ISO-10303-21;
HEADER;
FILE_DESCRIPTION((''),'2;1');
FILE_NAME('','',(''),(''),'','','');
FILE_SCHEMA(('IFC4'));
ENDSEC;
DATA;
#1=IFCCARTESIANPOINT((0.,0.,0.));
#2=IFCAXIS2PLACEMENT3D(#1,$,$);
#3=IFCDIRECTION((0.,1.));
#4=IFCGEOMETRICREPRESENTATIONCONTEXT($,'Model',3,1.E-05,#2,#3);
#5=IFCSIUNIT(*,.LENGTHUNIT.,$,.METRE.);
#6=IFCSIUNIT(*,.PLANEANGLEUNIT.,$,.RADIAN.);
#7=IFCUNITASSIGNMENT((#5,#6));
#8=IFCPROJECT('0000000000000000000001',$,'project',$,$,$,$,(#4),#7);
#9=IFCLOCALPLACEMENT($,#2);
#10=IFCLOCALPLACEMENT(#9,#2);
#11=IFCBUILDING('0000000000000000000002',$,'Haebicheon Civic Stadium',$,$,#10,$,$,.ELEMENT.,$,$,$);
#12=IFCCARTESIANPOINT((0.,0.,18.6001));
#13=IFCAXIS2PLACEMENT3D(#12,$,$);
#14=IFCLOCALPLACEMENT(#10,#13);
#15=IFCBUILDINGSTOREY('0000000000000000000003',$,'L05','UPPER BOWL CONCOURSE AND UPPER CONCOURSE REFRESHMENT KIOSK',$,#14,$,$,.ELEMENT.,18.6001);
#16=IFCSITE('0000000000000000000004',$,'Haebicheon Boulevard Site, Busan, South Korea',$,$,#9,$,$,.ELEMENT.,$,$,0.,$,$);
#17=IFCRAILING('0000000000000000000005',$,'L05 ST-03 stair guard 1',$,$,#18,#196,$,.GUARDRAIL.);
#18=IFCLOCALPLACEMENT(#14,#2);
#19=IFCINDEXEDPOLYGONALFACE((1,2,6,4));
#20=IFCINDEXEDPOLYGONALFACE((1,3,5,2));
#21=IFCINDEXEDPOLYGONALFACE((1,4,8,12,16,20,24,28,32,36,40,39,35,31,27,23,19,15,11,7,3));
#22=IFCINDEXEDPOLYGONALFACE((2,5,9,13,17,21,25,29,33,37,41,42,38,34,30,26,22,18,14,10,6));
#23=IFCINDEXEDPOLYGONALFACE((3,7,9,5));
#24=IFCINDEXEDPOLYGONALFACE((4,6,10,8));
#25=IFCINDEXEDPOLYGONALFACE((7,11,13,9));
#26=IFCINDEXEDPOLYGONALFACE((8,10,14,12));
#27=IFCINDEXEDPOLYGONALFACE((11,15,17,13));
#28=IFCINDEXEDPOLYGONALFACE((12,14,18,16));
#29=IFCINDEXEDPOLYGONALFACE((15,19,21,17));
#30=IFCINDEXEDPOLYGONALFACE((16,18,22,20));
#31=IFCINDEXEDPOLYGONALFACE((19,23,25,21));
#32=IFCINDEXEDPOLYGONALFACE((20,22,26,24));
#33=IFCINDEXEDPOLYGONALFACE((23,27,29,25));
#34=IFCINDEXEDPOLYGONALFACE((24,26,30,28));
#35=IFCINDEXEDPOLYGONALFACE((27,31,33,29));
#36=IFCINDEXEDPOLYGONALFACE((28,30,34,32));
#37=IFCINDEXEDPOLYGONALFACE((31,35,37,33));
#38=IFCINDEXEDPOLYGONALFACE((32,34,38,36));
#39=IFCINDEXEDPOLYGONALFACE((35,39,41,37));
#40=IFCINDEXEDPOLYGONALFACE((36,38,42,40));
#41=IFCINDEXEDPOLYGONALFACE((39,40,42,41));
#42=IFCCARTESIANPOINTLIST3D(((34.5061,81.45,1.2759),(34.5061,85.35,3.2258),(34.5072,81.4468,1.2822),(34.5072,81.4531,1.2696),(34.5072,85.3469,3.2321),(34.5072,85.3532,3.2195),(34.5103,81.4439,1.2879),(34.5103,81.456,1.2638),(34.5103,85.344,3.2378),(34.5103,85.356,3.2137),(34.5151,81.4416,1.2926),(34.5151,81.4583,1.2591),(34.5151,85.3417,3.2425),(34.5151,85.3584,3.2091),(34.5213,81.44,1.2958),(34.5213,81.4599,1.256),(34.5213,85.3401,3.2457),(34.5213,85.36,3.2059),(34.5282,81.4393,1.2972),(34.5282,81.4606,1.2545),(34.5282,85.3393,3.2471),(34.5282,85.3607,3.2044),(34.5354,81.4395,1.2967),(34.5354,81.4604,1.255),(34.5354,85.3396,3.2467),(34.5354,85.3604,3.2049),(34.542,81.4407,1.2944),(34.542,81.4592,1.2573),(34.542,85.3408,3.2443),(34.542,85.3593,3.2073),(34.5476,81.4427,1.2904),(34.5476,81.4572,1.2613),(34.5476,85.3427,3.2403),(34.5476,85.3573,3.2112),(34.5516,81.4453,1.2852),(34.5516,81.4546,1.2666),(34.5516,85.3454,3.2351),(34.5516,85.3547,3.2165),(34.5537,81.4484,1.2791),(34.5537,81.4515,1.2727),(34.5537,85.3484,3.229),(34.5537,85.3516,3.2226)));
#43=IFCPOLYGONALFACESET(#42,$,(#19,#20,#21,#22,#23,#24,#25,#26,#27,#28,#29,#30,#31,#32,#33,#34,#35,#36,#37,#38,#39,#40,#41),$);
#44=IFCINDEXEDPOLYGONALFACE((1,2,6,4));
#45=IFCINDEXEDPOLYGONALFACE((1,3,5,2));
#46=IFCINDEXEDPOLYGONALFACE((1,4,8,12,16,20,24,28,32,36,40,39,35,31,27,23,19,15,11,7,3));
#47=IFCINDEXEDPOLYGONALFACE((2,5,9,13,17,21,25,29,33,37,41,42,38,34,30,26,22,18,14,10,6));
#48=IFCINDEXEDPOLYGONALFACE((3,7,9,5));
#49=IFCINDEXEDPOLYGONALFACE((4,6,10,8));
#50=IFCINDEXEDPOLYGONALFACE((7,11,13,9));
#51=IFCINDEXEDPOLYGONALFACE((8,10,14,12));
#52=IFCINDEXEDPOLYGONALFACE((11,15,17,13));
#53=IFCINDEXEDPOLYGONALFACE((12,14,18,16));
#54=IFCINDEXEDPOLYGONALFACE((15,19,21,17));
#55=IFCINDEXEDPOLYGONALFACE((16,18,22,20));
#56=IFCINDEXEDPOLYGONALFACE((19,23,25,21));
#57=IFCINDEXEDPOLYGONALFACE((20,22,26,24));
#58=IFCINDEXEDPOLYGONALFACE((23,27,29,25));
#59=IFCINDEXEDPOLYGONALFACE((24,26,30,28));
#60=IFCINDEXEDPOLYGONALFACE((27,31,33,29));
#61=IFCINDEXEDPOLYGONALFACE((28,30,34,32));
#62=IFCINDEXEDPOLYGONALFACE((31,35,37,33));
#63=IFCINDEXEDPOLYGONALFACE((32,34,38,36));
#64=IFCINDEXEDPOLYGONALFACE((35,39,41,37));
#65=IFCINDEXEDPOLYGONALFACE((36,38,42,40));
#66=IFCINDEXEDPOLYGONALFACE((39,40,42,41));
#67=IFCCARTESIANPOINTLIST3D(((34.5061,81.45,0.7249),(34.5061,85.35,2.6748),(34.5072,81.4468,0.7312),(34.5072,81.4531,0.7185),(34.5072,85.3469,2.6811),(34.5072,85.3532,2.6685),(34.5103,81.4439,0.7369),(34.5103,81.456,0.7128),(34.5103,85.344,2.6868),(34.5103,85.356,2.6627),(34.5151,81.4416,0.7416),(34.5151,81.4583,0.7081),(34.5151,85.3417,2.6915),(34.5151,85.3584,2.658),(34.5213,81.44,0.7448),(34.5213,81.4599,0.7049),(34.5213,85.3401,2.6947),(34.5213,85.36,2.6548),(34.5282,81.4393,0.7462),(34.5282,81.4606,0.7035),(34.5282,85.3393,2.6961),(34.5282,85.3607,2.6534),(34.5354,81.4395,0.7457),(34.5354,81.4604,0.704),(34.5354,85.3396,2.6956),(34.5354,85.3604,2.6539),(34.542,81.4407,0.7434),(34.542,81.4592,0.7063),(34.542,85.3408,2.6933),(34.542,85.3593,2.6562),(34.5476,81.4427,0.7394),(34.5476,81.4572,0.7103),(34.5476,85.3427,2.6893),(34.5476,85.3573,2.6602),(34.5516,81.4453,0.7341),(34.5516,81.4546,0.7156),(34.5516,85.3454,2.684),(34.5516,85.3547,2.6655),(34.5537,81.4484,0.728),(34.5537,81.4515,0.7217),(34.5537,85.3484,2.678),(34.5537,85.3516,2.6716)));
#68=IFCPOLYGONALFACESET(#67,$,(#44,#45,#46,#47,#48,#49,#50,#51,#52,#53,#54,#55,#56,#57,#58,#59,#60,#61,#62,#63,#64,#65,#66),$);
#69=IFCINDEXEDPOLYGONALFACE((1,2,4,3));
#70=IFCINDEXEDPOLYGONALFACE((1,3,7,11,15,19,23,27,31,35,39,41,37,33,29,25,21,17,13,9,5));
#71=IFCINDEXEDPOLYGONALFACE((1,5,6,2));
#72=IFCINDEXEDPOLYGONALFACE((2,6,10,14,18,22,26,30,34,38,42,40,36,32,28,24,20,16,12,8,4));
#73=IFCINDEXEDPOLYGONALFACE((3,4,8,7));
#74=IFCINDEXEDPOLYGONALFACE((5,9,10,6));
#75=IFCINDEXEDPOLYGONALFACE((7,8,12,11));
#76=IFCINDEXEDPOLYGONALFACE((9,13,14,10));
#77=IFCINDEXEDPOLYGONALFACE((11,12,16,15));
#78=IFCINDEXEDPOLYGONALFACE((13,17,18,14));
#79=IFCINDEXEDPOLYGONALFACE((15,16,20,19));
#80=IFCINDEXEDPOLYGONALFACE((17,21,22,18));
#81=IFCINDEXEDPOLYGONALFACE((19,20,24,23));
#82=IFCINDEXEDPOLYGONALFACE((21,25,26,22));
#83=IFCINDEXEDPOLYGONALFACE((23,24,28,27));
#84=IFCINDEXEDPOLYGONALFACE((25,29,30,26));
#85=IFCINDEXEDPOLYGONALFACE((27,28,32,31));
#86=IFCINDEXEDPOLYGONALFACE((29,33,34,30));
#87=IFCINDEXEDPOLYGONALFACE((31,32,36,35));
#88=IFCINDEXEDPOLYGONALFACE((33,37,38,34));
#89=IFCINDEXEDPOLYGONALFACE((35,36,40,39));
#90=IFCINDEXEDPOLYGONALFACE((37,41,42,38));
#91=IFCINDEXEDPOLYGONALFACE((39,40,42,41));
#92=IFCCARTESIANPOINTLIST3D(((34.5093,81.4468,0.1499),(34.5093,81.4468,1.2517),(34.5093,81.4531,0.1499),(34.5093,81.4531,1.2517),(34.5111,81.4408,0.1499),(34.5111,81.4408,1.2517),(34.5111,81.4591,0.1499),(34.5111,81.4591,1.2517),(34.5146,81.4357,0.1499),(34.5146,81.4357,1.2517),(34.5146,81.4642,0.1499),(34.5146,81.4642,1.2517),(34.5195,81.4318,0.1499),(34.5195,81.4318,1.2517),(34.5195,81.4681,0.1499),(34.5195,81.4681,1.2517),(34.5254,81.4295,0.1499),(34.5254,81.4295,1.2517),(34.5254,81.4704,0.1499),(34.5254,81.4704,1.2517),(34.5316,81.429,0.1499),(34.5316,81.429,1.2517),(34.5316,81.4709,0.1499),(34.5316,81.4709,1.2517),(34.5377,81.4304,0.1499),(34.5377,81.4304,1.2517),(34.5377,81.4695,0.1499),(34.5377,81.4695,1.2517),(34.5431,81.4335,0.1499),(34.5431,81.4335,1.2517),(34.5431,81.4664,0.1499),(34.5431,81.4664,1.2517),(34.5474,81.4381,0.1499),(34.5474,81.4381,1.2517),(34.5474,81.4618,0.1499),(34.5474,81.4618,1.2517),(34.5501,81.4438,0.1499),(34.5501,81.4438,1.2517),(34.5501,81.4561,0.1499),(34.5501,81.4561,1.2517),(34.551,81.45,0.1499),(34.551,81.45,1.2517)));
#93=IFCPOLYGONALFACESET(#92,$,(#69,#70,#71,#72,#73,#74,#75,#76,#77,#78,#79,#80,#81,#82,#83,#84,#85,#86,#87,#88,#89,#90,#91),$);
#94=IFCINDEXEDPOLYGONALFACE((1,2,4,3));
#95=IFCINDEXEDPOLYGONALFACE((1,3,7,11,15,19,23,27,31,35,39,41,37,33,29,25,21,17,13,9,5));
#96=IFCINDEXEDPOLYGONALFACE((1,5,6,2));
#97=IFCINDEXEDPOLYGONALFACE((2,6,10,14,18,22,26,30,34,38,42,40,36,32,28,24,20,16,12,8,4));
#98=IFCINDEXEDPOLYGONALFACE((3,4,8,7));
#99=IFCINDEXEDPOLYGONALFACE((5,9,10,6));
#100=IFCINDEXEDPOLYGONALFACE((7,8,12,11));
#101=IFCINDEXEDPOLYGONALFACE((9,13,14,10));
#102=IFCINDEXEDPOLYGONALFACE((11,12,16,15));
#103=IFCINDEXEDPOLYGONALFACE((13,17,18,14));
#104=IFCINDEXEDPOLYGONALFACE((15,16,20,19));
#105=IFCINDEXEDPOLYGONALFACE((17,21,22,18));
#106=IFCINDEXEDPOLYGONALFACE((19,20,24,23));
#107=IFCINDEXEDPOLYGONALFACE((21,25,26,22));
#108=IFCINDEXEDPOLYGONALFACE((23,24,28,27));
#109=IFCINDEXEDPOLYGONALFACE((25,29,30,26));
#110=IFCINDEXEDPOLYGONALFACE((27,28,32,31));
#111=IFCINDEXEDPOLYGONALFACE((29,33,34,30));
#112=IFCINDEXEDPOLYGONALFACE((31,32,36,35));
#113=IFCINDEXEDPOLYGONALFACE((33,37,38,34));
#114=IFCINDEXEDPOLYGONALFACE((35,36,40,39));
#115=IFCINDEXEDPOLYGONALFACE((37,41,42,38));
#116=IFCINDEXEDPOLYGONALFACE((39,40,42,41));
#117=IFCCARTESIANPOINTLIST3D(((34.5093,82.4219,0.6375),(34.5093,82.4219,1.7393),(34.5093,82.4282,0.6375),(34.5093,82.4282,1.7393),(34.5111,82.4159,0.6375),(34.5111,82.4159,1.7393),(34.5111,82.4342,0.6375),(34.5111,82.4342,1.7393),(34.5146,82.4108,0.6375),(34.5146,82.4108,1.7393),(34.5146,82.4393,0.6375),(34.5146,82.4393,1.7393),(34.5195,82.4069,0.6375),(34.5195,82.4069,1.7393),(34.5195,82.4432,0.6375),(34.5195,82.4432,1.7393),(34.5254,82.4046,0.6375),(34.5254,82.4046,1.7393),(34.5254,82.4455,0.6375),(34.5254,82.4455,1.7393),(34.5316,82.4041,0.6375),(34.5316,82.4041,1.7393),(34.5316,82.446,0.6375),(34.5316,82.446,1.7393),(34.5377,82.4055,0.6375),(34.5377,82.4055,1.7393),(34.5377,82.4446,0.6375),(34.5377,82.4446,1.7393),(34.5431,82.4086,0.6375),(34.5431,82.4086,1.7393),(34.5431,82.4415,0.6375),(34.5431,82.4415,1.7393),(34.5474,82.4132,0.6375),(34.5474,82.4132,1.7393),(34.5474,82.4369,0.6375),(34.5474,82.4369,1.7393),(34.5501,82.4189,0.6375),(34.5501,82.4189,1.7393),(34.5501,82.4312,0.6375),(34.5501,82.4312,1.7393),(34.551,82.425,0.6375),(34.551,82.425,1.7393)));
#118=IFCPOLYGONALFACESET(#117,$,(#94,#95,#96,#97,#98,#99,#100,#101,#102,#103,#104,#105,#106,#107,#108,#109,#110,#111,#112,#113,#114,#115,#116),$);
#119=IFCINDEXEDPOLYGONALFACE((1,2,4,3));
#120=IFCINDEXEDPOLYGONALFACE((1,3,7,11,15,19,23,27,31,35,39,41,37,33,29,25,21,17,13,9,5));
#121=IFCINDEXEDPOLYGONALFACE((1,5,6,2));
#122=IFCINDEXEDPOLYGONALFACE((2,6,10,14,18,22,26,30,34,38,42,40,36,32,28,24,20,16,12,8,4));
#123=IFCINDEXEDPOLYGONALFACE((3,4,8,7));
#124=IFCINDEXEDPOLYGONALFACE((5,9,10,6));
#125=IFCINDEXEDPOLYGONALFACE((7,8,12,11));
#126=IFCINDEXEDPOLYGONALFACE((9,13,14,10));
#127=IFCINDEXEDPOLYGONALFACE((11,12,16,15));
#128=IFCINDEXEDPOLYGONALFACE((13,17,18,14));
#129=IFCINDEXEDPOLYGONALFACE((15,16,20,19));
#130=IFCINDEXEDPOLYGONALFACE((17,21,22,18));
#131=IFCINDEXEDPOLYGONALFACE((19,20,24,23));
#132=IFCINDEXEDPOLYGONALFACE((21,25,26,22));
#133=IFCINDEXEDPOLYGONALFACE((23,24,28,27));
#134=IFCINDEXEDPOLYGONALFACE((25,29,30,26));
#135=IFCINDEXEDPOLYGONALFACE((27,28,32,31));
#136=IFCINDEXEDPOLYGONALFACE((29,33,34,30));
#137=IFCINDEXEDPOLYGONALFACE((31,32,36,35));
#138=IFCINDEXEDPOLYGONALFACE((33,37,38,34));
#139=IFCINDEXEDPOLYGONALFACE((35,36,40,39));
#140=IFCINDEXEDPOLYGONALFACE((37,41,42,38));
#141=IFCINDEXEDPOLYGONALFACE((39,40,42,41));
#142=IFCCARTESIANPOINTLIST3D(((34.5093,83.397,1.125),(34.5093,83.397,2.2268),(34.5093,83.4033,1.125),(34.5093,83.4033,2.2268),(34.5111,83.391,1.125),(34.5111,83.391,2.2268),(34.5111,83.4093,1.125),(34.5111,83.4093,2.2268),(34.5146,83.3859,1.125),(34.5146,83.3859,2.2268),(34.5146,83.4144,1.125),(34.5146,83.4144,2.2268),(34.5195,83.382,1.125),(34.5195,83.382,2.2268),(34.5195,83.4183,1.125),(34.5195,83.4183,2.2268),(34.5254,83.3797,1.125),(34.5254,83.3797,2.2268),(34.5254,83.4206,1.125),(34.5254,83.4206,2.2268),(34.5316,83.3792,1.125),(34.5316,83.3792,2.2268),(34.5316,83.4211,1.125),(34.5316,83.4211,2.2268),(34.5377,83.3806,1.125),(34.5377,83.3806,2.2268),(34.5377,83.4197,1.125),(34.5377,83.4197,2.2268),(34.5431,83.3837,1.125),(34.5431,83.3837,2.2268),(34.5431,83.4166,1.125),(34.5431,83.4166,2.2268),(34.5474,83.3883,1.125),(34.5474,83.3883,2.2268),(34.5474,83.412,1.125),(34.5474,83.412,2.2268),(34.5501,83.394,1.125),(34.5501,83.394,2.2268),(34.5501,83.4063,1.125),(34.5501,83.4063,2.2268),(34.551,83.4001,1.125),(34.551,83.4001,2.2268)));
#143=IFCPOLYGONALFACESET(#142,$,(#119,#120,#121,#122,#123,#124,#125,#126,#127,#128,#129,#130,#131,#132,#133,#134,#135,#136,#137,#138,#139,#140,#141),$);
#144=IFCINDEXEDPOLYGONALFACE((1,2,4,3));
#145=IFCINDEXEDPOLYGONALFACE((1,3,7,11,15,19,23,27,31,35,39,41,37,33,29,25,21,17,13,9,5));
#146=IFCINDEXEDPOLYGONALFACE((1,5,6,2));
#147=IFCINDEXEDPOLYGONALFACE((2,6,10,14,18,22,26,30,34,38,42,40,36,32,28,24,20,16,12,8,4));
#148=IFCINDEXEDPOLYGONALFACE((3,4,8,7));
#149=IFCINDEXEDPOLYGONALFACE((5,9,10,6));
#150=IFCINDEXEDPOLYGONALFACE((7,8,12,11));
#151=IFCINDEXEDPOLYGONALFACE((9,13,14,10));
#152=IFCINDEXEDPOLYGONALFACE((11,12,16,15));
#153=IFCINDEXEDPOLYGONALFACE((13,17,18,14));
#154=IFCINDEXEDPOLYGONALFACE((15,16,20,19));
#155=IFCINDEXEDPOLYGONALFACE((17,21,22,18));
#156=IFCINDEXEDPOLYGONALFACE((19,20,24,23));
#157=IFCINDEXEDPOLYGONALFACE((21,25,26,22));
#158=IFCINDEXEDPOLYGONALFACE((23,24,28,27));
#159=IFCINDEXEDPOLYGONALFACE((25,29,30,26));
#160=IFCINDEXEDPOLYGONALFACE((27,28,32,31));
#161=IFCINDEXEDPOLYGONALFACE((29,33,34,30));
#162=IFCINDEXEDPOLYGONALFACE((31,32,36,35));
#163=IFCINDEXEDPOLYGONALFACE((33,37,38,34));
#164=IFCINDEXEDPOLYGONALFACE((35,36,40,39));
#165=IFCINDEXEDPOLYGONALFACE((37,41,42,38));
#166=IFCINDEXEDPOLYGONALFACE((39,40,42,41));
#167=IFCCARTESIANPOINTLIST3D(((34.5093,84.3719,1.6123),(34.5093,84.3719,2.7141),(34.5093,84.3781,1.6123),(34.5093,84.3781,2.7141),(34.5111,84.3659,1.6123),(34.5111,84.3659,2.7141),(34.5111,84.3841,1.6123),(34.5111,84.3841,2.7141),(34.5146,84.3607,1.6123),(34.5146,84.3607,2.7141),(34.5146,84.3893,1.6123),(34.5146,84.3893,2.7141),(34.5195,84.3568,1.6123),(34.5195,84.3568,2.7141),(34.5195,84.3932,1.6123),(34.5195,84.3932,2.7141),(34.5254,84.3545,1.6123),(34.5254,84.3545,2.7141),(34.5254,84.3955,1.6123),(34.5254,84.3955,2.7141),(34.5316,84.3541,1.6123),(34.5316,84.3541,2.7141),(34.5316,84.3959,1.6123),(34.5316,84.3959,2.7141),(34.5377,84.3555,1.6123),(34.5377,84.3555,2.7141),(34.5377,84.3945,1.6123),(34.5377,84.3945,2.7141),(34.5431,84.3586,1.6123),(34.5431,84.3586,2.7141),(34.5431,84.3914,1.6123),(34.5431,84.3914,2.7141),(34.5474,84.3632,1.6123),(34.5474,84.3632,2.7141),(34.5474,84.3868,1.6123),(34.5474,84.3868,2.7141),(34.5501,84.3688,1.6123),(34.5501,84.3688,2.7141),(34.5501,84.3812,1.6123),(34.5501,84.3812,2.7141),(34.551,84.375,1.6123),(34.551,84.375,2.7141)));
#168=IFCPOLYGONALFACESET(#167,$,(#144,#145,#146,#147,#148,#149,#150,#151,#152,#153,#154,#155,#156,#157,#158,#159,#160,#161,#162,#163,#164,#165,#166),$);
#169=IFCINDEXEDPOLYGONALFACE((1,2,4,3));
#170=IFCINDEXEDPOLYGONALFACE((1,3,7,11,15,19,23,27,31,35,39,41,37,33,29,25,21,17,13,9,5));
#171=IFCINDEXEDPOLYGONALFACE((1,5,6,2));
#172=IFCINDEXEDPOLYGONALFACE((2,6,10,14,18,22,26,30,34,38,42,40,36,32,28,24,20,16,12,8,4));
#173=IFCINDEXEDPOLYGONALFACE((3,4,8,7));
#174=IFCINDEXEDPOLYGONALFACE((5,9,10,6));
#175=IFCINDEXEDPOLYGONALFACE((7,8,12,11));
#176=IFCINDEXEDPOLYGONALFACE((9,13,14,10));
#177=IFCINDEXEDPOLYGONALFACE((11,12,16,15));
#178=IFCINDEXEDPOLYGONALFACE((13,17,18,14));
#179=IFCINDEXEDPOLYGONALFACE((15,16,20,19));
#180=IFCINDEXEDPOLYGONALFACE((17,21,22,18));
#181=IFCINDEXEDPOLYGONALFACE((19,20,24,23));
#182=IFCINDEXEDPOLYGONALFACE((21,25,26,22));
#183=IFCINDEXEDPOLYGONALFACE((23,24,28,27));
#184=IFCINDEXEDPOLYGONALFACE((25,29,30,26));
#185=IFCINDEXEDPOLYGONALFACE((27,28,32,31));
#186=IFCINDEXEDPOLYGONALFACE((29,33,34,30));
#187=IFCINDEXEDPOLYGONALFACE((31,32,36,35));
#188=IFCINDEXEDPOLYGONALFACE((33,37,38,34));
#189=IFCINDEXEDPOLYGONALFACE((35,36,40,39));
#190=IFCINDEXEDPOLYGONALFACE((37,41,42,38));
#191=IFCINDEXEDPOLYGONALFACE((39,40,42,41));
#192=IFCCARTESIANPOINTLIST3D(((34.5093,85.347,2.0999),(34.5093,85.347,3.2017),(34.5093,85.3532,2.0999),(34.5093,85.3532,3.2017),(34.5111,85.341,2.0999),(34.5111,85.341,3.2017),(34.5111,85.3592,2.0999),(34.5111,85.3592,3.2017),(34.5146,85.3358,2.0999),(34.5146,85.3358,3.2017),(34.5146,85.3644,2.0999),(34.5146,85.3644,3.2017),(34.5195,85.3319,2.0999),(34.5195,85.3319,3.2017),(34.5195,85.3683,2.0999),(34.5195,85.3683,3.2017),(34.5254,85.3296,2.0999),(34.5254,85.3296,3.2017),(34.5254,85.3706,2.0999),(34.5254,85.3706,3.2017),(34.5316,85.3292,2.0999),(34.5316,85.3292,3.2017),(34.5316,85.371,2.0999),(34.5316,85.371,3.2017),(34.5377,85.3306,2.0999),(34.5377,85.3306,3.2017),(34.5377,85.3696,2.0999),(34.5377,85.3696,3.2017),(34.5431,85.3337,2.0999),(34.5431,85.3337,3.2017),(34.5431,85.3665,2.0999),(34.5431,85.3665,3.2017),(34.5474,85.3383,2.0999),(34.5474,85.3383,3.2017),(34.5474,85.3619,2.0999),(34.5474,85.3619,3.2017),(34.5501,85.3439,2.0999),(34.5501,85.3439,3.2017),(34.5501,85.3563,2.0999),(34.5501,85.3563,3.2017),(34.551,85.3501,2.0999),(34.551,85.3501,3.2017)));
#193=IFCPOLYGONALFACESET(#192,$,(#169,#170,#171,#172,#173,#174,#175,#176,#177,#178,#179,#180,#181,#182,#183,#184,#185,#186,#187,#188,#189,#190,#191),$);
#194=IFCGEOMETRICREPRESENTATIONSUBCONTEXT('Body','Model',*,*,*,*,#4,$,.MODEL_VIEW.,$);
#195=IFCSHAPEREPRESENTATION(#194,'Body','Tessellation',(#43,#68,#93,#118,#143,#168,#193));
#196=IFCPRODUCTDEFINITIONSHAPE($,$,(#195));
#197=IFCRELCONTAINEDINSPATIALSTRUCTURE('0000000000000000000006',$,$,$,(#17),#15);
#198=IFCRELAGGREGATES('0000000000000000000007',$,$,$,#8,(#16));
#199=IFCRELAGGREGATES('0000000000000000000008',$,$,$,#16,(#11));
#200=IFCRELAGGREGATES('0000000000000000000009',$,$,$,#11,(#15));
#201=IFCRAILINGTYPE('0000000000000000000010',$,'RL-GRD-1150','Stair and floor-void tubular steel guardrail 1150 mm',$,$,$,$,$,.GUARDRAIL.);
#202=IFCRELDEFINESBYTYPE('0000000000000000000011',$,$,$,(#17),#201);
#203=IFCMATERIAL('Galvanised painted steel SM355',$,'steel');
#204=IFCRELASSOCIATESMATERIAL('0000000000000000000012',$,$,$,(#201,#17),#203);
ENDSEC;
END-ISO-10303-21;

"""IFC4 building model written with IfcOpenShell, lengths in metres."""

from ifc_helpers import new_model, si_unit, direction, frame, origin, origin_2d, place, context, subcontext, project, spatial, circle, extrude, material, type_object, element, save


model = new_model("IFC4")

# Units and contexts
model_context = context("Model", 3, precision=1e-05, world=origin(), true_north=direction((0.0, 1.0)))
body_context = subcontext(model_context, "Body", "Model", "MODEL_VIEW")
ifc_project = project(units=[si_unit("LENGTHUNIT", "METRE"), si_unit("PLANEANGLEUNIT", "RADIAN")], contexts=[model_context])

# Site, building, storey
site_placement = place(None, origin())
site = spatial("IfcSite", under=ifc_project, at=site_placement, Name="Haebicheon Boulevard Site, Busan, South Korea", CompositionType="ELEMENT", RefElevation=0.0)
building_placement = place(site_placement, origin())
building = spatial("IfcBuilding", under=site, at=building_placement, Name="Haebicheon Civic Stadium", CompositionType="ELEMENT")
storey_placement = place(building_placement, frame((0.0, 0.0, 18.6001)))
storey = spatial("IfcBuildingStorey", under=building, at=storey_placement, Name="L05", Description="UPPER BOWL CONCOURSE AND UPPER CONCOURSE REFRESHMENT KIOSK", CompositionType="ELEMENT", Elevation=18.6001)

# Railing
ifc_material_1 = material(Name="Galvanised painted steel SM355", Category="steel")
railing_type_1 = type_object("IfcRailingType", Name="RL-GRD-1150", Description="Stair and floor-void tubular steel guardrail 1150 mm", PredefinedType="GUARDRAIL", material=ifc_material_1)
railing_1_placement = place(storey_placement, frame((34.53, 81.45, 0.1499)))
element("IfcRailing", 1, at=railing_1_placement, inside=storey, type_object=railing_type_1, material=ifc_material_1, Name="L05 ST-03 stair guard 1", PredefinedType="GUARDRAIL", context=body_context, shape_type="SweptSolid", body=[
    extrude(circle(Radius=0.0239, at=origin_2d()), frame((0.0, 0.0, 1.126), z_axis=(0.0, 0.894438, 0.447191), x_axis=(-1.0, 0.0, 0.0)), (0.0, 0.0, 1.0), 4.3604),
    extrude(circle(Radius=0.0239, at=origin_2d()), frame((0.0, 0.0, 0.575), z_axis=(0.0, 0.894438, 0.447191), x_axis=(-1.0, 0.0, 0.0)), (0.0, 0.0, 1.0), 4.3604),
    extrude(circle(Radius=0.021, at=origin_2d()), origin(), (0.0, 0.0, 1.0), 1.1018),
    extrude(circle(Radius=0.021, at=origin_2d()), frame((0.0, 0.9751, 0.4875)), (0.0, 0.0, 1.0), 1.1018),
    extrude(circle(Radius=0.021, at=origin_2d()), frame((0.0, 1.9502, 0.9751)), (0.0, 0.0, 1.0), 1.1018),
    extrude(circle(Radius=0.021, at=origin_2d()), frame((0.0, 2.925, 1.4624)), (0.0, 0.0, 1.0), 1.1018),
    extrude(circle(Radius=0.021, at=origin_2d()), frame((0.0, 3.9001, 1.95)), (0.0, 0.0, 1.0), 1.1018),
])

save(model, "model.ifc")
